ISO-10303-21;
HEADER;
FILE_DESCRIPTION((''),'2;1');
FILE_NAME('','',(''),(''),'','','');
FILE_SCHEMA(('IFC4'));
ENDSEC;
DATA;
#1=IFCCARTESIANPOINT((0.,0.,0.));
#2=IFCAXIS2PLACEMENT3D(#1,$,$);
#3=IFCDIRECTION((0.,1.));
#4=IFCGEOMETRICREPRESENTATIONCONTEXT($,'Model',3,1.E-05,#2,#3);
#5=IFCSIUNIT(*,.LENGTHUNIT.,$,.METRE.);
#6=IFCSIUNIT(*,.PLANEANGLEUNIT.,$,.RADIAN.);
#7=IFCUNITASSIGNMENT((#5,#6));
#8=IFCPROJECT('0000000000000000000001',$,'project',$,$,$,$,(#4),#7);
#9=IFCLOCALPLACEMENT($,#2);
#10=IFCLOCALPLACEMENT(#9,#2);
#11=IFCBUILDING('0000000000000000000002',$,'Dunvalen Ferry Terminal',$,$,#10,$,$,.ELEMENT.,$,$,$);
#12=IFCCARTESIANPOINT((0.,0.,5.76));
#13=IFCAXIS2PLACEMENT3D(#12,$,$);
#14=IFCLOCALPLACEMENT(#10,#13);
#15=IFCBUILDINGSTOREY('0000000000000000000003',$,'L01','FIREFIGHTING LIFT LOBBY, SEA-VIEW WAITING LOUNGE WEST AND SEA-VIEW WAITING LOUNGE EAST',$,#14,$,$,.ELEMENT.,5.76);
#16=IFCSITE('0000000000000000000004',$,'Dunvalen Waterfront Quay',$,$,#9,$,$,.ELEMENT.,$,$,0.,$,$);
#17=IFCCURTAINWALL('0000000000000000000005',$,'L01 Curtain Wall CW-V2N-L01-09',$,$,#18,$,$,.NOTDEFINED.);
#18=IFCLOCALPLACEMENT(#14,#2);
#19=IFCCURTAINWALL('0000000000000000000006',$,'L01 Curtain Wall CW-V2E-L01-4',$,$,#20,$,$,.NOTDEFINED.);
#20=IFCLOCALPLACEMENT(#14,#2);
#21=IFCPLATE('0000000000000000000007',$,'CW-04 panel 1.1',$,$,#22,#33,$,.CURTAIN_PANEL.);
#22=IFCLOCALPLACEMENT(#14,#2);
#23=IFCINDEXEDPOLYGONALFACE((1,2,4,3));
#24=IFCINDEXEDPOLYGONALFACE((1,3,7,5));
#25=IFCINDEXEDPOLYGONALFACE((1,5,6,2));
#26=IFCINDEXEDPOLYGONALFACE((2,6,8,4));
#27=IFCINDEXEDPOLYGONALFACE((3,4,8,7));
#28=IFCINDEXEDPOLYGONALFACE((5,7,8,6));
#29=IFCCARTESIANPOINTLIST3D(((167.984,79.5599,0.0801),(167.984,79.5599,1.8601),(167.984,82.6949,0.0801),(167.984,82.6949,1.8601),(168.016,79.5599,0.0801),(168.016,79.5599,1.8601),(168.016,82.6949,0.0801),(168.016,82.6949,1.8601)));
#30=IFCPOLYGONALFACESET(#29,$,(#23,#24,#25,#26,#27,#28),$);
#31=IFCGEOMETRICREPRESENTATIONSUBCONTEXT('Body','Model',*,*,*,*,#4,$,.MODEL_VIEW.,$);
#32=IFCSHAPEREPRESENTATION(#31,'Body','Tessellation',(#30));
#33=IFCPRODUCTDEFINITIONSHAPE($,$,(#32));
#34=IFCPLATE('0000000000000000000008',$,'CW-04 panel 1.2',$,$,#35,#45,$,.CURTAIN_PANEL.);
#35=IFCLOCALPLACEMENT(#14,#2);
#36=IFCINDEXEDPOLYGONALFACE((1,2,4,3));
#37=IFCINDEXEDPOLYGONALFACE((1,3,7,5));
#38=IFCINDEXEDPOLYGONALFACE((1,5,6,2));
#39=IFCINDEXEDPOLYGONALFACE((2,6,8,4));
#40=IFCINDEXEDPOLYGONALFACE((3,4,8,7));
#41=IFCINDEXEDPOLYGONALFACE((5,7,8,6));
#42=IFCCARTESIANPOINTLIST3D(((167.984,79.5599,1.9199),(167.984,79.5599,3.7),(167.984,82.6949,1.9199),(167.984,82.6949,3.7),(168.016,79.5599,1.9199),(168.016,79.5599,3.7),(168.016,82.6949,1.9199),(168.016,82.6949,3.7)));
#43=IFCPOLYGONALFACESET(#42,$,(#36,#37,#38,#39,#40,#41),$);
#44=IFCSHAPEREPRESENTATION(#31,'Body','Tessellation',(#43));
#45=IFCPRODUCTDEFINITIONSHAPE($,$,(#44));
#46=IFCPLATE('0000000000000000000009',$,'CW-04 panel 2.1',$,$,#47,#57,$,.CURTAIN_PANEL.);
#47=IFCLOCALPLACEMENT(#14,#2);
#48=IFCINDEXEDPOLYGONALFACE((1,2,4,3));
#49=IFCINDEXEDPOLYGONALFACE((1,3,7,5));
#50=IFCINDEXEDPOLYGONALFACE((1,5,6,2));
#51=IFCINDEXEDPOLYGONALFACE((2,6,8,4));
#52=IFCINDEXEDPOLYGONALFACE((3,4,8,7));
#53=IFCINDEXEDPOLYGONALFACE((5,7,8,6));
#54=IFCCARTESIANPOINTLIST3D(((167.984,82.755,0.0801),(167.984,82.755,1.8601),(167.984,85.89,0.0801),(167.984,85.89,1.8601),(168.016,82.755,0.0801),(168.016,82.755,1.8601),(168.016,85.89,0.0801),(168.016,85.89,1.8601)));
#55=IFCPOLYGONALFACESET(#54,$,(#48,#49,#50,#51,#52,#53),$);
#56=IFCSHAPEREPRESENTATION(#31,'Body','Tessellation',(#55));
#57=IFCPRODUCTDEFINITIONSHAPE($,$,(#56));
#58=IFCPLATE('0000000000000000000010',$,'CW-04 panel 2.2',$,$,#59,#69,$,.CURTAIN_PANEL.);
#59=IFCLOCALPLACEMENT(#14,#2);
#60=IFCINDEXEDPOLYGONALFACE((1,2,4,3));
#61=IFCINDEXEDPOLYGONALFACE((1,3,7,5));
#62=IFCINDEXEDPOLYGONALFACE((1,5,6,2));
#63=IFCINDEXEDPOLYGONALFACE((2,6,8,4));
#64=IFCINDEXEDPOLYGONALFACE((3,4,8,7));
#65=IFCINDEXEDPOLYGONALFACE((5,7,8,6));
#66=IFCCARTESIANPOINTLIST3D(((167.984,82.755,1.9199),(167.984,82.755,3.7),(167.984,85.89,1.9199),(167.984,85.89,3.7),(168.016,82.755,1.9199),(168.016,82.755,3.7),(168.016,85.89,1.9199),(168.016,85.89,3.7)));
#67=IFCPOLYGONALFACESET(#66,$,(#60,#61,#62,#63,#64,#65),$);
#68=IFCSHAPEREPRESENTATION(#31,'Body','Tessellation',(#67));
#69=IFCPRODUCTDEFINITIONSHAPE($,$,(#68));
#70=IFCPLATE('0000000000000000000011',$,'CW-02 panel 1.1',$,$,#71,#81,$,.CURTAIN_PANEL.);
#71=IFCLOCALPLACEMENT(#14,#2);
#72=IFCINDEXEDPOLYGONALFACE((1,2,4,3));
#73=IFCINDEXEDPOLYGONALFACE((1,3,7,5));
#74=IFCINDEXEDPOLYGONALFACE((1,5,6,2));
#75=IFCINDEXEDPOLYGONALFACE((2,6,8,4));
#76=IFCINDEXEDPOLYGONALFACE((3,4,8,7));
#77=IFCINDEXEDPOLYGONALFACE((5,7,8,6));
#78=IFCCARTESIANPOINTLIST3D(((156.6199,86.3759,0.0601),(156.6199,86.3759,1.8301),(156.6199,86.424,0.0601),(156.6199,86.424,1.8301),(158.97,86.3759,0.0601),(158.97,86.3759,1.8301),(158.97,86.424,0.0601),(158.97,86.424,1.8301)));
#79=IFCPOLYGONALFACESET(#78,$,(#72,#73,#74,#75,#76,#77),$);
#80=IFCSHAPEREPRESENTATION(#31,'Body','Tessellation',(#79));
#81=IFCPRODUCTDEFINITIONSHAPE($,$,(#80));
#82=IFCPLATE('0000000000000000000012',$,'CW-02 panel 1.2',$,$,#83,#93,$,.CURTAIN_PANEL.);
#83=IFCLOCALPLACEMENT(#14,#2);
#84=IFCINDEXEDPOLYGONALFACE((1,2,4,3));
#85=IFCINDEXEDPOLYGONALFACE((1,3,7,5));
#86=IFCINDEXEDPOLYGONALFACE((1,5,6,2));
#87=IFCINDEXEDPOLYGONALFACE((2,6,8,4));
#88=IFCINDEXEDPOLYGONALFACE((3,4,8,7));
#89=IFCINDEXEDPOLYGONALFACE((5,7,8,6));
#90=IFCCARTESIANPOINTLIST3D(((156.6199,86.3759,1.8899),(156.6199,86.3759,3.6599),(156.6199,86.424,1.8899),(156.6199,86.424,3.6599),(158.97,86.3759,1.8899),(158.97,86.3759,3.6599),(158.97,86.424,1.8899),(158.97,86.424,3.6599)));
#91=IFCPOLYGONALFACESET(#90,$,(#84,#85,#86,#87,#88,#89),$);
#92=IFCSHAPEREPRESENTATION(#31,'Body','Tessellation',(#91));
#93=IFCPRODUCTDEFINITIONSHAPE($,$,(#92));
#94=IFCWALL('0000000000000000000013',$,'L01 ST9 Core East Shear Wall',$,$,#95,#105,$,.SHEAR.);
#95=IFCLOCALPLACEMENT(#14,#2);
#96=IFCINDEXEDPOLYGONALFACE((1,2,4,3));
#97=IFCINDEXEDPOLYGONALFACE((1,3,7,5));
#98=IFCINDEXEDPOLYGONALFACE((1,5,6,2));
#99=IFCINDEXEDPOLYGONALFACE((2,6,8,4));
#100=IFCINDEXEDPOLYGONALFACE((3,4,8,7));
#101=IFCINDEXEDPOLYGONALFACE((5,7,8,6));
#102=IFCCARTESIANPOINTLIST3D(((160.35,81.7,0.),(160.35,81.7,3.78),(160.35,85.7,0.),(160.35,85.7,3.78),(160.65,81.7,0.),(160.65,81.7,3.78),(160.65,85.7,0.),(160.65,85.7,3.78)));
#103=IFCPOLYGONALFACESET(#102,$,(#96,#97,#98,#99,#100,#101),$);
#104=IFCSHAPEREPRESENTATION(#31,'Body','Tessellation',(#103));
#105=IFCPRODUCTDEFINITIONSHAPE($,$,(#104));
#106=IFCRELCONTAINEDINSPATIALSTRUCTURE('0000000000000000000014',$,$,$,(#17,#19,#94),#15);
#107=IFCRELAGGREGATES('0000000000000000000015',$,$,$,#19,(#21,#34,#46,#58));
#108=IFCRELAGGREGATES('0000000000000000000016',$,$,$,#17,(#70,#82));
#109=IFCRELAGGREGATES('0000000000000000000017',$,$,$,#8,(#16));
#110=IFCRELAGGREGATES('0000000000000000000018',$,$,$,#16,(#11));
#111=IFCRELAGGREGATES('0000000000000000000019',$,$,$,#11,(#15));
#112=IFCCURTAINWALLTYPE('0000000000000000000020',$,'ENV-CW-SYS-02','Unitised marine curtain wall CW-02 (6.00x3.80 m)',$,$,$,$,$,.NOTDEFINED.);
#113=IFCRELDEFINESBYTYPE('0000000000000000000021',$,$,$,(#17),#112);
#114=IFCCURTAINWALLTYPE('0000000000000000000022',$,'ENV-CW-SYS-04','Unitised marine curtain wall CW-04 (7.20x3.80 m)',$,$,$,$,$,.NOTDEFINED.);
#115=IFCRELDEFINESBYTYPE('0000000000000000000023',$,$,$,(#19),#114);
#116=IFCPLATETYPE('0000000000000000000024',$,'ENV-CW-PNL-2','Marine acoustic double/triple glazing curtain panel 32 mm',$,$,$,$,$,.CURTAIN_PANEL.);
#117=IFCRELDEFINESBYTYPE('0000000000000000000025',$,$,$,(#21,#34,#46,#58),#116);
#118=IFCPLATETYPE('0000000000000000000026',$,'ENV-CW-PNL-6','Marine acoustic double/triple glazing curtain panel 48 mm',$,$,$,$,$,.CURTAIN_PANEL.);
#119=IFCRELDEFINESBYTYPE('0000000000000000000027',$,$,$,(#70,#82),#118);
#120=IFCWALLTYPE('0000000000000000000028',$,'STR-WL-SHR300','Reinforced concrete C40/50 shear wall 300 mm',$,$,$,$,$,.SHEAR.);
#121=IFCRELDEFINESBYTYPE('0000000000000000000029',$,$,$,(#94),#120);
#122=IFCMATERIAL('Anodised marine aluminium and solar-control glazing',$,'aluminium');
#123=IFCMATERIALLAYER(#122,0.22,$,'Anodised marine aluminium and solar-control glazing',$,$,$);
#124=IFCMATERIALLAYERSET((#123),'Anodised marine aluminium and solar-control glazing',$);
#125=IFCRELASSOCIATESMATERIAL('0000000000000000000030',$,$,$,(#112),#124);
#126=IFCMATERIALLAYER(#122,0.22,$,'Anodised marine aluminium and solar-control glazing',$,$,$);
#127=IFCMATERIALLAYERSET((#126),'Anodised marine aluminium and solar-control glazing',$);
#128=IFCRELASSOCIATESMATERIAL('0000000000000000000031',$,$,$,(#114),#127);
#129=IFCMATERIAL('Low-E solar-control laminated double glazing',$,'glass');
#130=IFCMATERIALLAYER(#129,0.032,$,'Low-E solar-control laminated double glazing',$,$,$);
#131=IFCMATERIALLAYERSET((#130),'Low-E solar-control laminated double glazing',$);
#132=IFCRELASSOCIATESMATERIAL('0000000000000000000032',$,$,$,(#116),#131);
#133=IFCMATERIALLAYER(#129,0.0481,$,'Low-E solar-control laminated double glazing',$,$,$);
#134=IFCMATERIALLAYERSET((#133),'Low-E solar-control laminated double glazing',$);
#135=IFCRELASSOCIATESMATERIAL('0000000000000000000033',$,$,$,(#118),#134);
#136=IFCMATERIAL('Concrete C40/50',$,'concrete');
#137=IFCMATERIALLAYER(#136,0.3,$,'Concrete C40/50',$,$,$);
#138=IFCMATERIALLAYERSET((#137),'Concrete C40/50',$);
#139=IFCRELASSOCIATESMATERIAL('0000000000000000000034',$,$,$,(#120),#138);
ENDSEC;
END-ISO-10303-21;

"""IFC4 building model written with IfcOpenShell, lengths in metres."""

from ifc_helpers import new_model, si_unit, direction, frame, frame_2d, origin, origin_2d, place, context, subcontext, project, spatial, rectangle, extrude, material, layer, layer_set, type_object, element, aggregate, save


model = new_model("IFC4")

# Units and contexts
model_context = context("Model", 3, precision=1e-05, world=origin(), true_north=direction((0.0, 1.0)))
body_context = subcontext(model_context, "Body", "Model", "MODEL_VIEW")
ifc_project = project(units=[si_unit("LENGTHUNIT", "METRE"), si_unit("PLANEANGLEUNIT", "RADIAN")], contexts=[model_context])

# Site, building, storey
site_placement = place(None, origin())
site = spatial("IfcSite", under=ifc_project, at=site_placement, Name="Dunvalen Waterfront Quay", CompositionType="ELEMENT", RefElevation=0.0)
building_placement = place(site_placement, origin())
building = spatial("IfcBuilding", under=site, at=building_placement, Name="Dunvalen Ferry Terminal", CompositionType="ELEMENT")
storey_placement = place(building_placement, frame((0.0, 0.0, 5.76)))
storey = spatial("IfcBuildingStorey", under=building, at=storey_placement, Name="L01", Description="FIREFIGHTING LIFT LOBBY, SEA-VIEW WAITING LOUNGE WEST AND SEA-VIEW WAITING LOUNGE EAST", CompositionType="ELEMENT", Elevation=5.76)

# Curtain wall
ifc_material_1 = material(Name="Anodised marine aluminium and solar-control glazing", Category="aluminium")
ifc_layer_1 = layer(ifc_material_1, 0.22, Name="Anodised marine aluminium and solar-control glazing")
ifc_layer_set_1 = layer_set([ifc_layer_1], Name="Anodised marine aluminium and solar-control glazing")
curtain_wall_type_1 = type_object("IfcCurtainWallType", Name="ENV-CW-SYS-02", Description="Unitised marine curtain wall CW-02 (6.00x3.80 m)", PredefinedType="NOTDEFINED", material=ifc_layer_set_1)
curtain_wall_1_placement = place(storey_placement, origin())
curtain_wall_1 = element("IfcCurtainWall", 1, at=curtain_wall_1_placement, inside=storey, type_object=curtain_wall_type_1, Name="L01 Curtain Wall CW-V2N-L01-09", PredefinedType="NOTDEFINED")

# Curtain wall
ifc_layer_2 = layer(ifc_material_1, 0.22, Name="Anodised marine aluminium and solar-control glazing")
ifc_layer_set_2 = layer_set([ifc_layer_2], Name="Anodised marine aluminium and solar-control glazing")
curtain_wall_type_2 = type_object("IfcCurtainWallType", Name="ENV-CW-SYS-04", Description="Unitised marine curtain wall CW-04 (7.20x3.80 m)", PredefinedType="NOTDEFINED", material=ifc_layer_set_2)
curtain_wall_2_placement = place(storey_placement, origin())
curtain_wall_2 = element("IfcCurtainWall", 2, at=curtain_wall_2_placement, inside=storey, type_object=curtain_wall_type_2, Name="L01 Curtain Wall CW-V2E-L01-4", PredefinedType="NOTDEFINED")

# Plates
ifc_material_2 = material(Name="Low-E solar-control laminated double glazing", Category="glass")
ifc_layer_3 = layer(ifc_material_2, 0.032, Name="Low-E solar-control laminated double glazing")
ifc_layer_set_3 = layer_set([ifc_layer_3], Name="Low-E solar-control laminated double glazing")
plate_type_1 = type_object("IfcPlateType", Name="ENV-CW-PNL-2", Description="Marine acoustic double/triple glazing curtain panel 32 mm", PredefinedType="CURTAIN_PANEL", material=ifc_layer_set_3)
plate_1_placement = place(storey_placement, frame((168.0, 81.1274, 0.0801), z_axis=(0.0, 0.0, 1.0), x_axis=(0.0, 1.0, 0.0)))
plate_1 = element("IfcPlate", 3, at=plate_1_placement, type_object=plate_type_1, Name="CW-04 panel 1.1", PredefinedType="CURTAIN_PANEL", context=body_context, shape_type="SweptSolid", body=[
    extrude(rectangle(XDim=3.135, YDim=0.032, at=origin_2d()), origin(), (0.0, 0.0, 1.0), 1.78),
])
plate_2_placement = place(storey_placement, frame((168.0, 81.1274, 1.9199), z_axis=(0.0, 0.0, 1.0), x_axis=(0.0, 1.0, 0.0)))
plate_2 = element("IfcPlate", 4, at=plate_2_placement, type_object=plate_type_1, Name="CW-04 panel 1.2", PredefinedType="CURTAIN_PANEL", context=body_context, shape_type="SweptSolid", body=[
    extrude(rectangle(XDim=3.135, YDim=0.032, at=origin_2d()), origin(), (0.0, 0.0, 1.0), 1.78),
])
plate_3_placement = place(storey_placement, frame((168.0, 84.3225, 0.0801), z_axis=(0.0, 0.0, 1.0), x_axis=(0.0, 1.0, 0.0)))
plate_3 = element("IfcPlate", 5, at=plate_3_placement, type_object=plate_type_1, Name="CW-04 panel 2.1", PredefinedType="CURTAIN_PANEL", context=body_context, shape_type="SweptSolid", body=[
    extrude(rectangle(XDim=3.135, YDim=0.032, at=origin_2d()), origin(), (0.0, 0.0, 1.0), 1.78),
])
plate_4_placement = place(storey_placement, frame((168.0, 84.3225, 1.9199), z_axis=(0.0, 0.0, 1.0), x_axis=(0.0, 1.0, 0.0)))
plate_4 = element("IfcPlate", 6, at=plate_4_placement, type_object=plate_type_1, Name="CW-04 panel 2.2", PredefinedType="CURTAIN_PANEL", context=body_context, shape_type="SweptSolid", body=[
    extrude(rectangle(XDim=3.135, YDim=0.032, at=origin_2d()), origin(), (0.0, 0.0, 1.0), 1.78),
])
aggregate(curtain_wall_2, [plate_1, plate_2, plate_3, plate_4])
ifc_layer_4 = layer(ifc_material_2, 0.0481, Name="Low-E solar-control laminated double glazing")
ifc_layer_set_4 = layer_set([ifc_layer_4], Name="Low-E solar-control laminated double glazing")
plate_type_2 = type_object("IfcPlateType", Name="ENV-CW-PNL-6", Description="Marine acoustic double/triple glazing curtain panel 48 mm", PredefinedType="CURTAIN_PANEL", material=ifc_layer_set_4)
plate_5_placement = place(storey_placement, frame((157.7949, 86.3999, 0.0601), z_axis=(0.0, 0.0, 1.0), x_axis=(1.0, 0.0, 0.0)))
plate_5 = element("IfcPlate", 7, at=plate_5_placement, type_object=plate_type_2, Name="CW-02 panel 1.1", PredefinedType="CURTAIN_PANEL", context=body_context, shape_type="SweptSolid", body=[
    extrude(rectangle(XDim=2.3501, YDim=0.0481, at=origin_2d()), origin(), (0.0, 0.0, 1.0), 1.77),
])
plate_6_placement = place(storey_placement, frame((157.7949, 86.3999, 1.8899), z_axis=(0.0, 0.0, 1.0), x_axis=(1.0, 0.0, 0.0)))
plate_6 = element("IfcPlate", 8, at=plate_6_placement, type_object=plate_type_2, Name="CW-02 panel 1.2", PredefinedType="CURTAIN_PANEL", context=body_context, shape_type="SweptSolid", body=[
    extrude(rectangle(XDim=2.3501, YDim=0.0481, at=origin_2d()), origin(), (0.0, 0.0, 1.0), 1.77),
])
aggregate(curtain_wall_1, [plate_5, plate_6])

# Wall
ifc_material_3 = material(Name="Concrete C40/50", Category="concrete")
ifc_layer_5 = layer(ifc_material_3, 0.3, Name="Concrete C40/50")
ifc_layer_set_5 = layer_set([ifc_layer_5], Name="Concrete C40/50")
wall_type = type_object("IfcWallType", Name="STR-WL-SHR300", Description="Reinforced concrete C40/50 shear wall 300 mm", PredefinedType="SHEAR", material=ifc_layer_set_5)
wall_placement = place(storey_placement, frame((160.5, 81.7, 0.0), z_axis=(0.0, 0.0, 1.0), x_axis=(0.0, 1.0, 0.0)))
element("IfcWall", 9, at=wall_placement, inside=storey, type_object=wall_type, Name="L01 ST9 Core East Shear Wall", PredefinedType="SHEAR", context=body_context, shape_type="SweptSolid", body=[
    extrude(rectangle(XDim=4.0, YDim=0.3, at=frame_2d((2.0, 0.0))), origin(), (0.0, 0.0, 1.0), 3.78),
])

save(model, "model.ifc")
